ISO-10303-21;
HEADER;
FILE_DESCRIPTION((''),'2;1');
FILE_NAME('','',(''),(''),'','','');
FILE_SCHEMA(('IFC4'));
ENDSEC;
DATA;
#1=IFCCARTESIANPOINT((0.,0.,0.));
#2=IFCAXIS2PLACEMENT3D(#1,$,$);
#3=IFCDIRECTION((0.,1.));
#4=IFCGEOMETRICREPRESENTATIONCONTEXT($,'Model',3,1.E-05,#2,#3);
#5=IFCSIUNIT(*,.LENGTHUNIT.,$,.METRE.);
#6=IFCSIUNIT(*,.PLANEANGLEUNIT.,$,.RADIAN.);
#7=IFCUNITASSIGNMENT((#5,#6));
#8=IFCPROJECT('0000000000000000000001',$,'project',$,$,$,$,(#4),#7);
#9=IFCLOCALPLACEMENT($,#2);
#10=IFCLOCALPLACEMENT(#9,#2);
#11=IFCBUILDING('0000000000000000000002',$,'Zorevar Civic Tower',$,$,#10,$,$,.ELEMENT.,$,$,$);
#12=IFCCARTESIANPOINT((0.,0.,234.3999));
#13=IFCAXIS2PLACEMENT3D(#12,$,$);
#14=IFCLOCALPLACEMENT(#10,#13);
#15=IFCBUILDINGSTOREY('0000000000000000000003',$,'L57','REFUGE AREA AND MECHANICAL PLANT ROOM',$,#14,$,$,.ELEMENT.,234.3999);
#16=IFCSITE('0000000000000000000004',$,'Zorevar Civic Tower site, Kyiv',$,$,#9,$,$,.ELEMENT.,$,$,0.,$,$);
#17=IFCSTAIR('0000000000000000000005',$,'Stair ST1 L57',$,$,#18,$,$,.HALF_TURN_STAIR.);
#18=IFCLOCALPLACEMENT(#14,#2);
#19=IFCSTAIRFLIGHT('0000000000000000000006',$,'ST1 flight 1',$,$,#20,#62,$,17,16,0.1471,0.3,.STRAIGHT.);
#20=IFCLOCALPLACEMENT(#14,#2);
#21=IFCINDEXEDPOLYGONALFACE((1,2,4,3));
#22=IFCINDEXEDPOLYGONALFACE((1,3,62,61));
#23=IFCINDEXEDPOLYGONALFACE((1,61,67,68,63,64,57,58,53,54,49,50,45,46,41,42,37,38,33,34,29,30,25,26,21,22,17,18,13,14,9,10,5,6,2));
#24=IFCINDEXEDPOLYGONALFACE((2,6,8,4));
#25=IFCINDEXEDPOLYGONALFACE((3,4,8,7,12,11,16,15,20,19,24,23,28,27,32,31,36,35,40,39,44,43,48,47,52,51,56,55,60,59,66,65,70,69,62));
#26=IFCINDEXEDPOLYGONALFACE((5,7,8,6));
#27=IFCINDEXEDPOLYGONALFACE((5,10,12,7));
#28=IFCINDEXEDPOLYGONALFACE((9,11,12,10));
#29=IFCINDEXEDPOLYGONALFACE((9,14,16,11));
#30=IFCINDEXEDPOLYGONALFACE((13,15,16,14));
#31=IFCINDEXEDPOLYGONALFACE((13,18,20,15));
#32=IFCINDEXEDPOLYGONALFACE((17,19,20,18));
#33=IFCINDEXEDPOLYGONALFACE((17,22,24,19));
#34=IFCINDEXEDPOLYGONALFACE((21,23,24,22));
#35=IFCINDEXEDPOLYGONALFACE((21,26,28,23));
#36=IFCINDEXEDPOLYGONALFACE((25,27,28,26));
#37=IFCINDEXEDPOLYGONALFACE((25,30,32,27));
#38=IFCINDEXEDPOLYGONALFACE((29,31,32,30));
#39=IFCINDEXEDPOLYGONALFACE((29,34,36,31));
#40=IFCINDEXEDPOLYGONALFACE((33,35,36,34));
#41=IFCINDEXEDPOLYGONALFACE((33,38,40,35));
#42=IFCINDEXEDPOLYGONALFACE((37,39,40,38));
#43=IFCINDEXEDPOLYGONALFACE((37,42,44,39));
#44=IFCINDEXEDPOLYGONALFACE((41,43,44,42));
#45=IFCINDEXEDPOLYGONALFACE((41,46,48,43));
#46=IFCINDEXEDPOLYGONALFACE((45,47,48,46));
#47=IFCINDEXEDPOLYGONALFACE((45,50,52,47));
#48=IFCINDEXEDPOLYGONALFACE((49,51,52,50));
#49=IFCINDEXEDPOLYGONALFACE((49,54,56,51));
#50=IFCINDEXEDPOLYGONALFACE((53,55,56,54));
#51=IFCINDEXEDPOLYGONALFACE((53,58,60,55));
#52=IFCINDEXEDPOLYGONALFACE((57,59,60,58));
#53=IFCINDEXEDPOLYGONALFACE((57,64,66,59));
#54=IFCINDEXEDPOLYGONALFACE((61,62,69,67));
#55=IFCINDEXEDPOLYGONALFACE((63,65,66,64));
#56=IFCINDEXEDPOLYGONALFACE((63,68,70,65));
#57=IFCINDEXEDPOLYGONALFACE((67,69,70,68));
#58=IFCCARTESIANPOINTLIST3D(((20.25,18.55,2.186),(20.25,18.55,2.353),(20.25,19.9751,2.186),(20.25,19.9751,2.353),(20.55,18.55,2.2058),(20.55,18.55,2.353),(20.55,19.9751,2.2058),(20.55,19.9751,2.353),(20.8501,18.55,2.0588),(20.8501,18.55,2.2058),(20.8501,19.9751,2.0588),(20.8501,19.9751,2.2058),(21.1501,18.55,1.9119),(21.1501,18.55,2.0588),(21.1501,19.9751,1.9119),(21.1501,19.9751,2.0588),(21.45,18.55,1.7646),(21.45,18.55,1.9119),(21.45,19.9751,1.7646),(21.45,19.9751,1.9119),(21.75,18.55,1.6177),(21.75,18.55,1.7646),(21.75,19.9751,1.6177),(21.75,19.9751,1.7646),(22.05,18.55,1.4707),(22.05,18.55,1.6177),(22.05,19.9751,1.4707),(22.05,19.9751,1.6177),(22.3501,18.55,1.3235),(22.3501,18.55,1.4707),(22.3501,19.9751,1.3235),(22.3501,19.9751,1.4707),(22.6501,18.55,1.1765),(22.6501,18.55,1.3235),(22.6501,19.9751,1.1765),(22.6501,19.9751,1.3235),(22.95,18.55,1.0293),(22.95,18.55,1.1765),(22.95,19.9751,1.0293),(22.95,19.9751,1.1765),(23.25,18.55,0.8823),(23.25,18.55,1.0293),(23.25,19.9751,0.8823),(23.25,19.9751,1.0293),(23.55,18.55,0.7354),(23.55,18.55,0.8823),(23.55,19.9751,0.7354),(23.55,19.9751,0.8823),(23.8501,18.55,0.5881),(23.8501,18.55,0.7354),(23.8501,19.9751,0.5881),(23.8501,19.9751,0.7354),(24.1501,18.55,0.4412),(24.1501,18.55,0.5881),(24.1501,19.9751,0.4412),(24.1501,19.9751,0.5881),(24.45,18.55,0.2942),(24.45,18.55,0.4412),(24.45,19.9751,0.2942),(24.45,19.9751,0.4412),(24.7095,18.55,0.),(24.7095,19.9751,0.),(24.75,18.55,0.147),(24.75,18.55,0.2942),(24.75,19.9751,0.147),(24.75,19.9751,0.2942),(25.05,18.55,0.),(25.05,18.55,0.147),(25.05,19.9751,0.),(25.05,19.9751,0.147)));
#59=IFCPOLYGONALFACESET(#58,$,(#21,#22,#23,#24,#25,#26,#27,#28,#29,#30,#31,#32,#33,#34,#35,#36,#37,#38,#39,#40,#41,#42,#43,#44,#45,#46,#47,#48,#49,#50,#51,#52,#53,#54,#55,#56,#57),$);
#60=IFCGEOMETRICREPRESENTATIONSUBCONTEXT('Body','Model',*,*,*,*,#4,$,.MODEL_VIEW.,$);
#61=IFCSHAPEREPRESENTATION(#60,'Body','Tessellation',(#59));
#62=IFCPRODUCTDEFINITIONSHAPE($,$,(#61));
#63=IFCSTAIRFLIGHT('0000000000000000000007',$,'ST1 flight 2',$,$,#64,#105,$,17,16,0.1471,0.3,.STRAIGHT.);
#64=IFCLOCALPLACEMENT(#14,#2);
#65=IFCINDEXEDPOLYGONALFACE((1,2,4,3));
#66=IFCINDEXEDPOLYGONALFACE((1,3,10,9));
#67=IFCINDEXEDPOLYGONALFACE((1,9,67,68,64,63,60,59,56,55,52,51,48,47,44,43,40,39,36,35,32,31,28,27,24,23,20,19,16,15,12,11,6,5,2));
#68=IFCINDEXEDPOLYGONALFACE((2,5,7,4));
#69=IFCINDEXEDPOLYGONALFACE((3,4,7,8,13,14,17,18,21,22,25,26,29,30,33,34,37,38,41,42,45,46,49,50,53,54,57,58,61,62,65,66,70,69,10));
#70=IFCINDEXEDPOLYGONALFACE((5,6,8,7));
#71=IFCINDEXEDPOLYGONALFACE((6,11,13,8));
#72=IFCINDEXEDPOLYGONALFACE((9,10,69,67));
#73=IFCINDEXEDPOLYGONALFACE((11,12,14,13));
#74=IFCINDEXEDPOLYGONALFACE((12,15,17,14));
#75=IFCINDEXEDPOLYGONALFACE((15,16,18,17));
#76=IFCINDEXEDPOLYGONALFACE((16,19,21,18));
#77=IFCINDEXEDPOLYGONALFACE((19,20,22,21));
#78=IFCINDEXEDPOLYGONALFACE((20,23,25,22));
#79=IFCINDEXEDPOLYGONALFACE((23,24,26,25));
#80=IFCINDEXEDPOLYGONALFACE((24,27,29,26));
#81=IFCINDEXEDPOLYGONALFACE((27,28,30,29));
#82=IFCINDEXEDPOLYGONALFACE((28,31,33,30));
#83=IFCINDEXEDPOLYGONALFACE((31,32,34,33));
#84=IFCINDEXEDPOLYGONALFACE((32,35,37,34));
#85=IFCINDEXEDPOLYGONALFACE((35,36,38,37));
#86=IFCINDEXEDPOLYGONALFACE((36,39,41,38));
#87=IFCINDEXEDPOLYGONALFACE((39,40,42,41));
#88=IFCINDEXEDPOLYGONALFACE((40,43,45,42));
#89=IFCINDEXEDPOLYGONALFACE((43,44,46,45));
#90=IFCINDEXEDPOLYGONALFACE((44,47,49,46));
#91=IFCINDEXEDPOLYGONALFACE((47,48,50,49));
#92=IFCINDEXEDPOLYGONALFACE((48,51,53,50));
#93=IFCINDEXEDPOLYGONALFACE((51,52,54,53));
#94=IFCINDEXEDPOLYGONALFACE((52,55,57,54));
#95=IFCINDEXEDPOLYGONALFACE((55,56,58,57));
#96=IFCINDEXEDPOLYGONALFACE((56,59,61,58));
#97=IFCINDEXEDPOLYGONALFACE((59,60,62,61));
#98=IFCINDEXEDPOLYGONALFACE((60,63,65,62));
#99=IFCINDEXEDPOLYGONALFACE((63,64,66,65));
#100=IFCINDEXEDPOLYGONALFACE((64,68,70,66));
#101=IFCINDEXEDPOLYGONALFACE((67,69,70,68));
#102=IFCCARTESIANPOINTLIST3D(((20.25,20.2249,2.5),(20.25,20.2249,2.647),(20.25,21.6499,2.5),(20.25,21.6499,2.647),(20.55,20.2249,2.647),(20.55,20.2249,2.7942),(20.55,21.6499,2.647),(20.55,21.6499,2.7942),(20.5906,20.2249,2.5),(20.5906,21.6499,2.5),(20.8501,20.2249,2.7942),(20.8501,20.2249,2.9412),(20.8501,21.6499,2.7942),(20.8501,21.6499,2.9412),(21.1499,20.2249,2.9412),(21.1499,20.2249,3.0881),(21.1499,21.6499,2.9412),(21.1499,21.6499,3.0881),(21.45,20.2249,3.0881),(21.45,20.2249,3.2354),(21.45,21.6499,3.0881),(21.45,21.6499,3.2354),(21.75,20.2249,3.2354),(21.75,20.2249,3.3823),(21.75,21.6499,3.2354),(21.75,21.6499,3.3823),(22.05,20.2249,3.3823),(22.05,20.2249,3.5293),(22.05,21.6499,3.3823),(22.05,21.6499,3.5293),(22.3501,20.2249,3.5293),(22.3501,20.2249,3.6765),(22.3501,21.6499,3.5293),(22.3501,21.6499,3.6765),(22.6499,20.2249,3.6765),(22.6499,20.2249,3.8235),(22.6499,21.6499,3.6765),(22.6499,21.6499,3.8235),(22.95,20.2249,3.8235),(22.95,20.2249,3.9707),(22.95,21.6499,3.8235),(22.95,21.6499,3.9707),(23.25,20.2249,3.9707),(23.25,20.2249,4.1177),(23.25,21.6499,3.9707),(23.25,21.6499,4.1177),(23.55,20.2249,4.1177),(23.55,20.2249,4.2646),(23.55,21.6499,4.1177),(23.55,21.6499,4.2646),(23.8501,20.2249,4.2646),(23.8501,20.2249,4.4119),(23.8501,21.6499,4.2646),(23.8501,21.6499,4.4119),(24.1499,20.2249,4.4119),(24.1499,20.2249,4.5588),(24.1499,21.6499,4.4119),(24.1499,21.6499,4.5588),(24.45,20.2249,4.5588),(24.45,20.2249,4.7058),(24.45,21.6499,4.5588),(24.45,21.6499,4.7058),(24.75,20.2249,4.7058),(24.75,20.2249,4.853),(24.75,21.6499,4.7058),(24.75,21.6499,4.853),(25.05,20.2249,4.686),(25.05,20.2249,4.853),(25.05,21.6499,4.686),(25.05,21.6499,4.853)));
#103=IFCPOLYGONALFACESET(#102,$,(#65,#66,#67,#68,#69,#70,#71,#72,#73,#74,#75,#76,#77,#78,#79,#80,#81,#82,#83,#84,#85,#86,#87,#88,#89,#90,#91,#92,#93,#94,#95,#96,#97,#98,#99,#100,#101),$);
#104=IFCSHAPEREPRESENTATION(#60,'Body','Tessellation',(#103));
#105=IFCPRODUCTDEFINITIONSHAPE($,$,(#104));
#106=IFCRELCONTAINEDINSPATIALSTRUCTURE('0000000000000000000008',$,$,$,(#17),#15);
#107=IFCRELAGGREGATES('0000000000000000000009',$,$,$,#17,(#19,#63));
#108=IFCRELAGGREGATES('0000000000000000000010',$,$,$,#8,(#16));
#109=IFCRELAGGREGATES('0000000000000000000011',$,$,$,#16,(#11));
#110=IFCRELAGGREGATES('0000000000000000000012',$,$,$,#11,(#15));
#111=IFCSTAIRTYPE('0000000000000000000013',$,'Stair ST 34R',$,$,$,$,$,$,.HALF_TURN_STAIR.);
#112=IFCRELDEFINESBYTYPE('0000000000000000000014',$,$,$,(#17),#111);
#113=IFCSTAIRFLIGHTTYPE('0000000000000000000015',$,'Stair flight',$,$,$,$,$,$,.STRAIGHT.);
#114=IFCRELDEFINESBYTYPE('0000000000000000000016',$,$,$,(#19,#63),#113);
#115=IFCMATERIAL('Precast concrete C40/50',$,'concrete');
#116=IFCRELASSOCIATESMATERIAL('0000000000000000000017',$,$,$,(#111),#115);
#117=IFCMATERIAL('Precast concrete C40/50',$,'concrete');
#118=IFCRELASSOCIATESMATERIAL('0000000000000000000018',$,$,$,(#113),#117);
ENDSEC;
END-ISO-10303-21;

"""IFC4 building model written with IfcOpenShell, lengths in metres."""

from ifc_helpers import new_model, si_unit, direction, frame, origin, place, context, subcontext, project, spatial, polyline, outline, extrude, material, type_object, element, aggregate, save


model = new_model("IFC4")

# Units and contexts
model_context = context("Model", 3, precision=1e-05, world=origin(), true_north=direction((0.0, 1.0)))
body_context = subcontext(model_context, "Body", "Model", "MODEL_VIEW")
ifc_project = project(units=[si_unit("LENGTHUNIT", "METRE"), si_unit("PLANEANGLEUNIT", "RADIAN")], contexts=[model_context])

# Site, building, storey
site_placement = place(None, origin())
site = spatial("IfcSite", under=ifc_project, at=site_placement, Name="Zorevar Civic Tower site, Kyiv", CompositionType="ELEMENT", RefElevation=0.0)
building_placement = place(site_placement, origin())
building = spatial("IfcBuilding", under=site, at=building_placement, Name="Zorevar Civic Tower", CompositionType="ELEMENT")
storey_placement = place(building_placement, frame((0.0, 0.0, 234.3999)))
storey = spatial("IfcBuildingStorey", under=building, at=storey_placement, Name="L57", Description="REFUGE AREA AND MECHANICAL PLANT ROOM", CompositionType="ELEMENT", Elevation=234.3999)

# Stair, stair flights
ifc_material_1 = material(Name="Precast concrete C40/50", Category="concrete")
stair_type = type_object("IfcStairType", Name="Stair ST 34R", PredefinedType="HALF_TURN_STAIR", material=ifc_material_1)
stair_placement = place(storey_placement, origin())
stair = element("IfcStair", 1, at=stair_placement, inside=storey, type_object=stair_type, Name="Stair ST1 L57", PredefinedType="HALF_TURN_STAIR")
ifc_material_2 = material(Name="Precast concrete C40/50", Category="concrete")
stair_flight_type = type_object("IfcStairFlightType", Name="Stair flight", PredefinedType="STRAIGHT", material=ifc_material_2)
stair_flight_1_placement = place(storey_placement, frame((25.05, 19.2625, 0.0), z_axis=(0.0, 0.0, 1.0), x_axis=(-1.0, 0.0, 0.0)))
stair_flight_1 = element("IfcStairFlight", 2, at=stair_flight_1_placement, type_object=stair_flight_type, Name="ST1 flight 1", NumberOfRisers=17, NumberOfTreads=16, PredefinedType="STRAIGHT", RiserHeight=0.1471, TreadLength=0.3, context=body_context, shape_type="SweptSolid", body=[
    extrude(outline(polyline([(0.0, 0.0), (0.0, 0.147), (0.3, 0.147), (0.3, 0.2942), (0.6001, 0.2942), (0.6001, 0.4412), (0.8999, 0.4412), (0.8999, 0.5881), (1.2, 0.5881), (1.2, 0.7354), (1.5, 0.7354), (1.5, 0.8823), (1.8, 0.8823), (1.8, 1.0293), (2.1001, 1.0293), (2.1001, 1.1765), (2.3999, 1.1765), (2.3999, 1.3235), (2.7, 1.3235), (2.7, 1.4707), (3.0, 1.4707), (3.0, 1.6177), (3.3, 1.6177), (3.3, 1.7646), (3.6001, 1.7646), (3.6001, 1.9119), (3.8999, 1.9119), (3.8999, 2.0588), (4.2, 2.0588), (4.2, 2.2058), (4.5, 2.2058), (4.5, 2.353), (4.8, 2.353), (4.8, 2.5), (4.8, 2.186), (0.3406, 0.0), (0.0, 0.0)])), frame((0.0, 0.7124, 0.0), z_axis=(0.0, -1.0, 0.0), x_axis=(1.0, 0.0, 0.0)), (0.0, 0.0, 1.0), 1.425),
])
stair_flight_2_placement = place(storey_placement, frame((20.25, 20.9375, 2.5), z_axis=(0.0, 0.0, 1.0), x_axis=(1.0, 0.0, 0.0)))
stair_flight_2 = element("IfcStairFlight", 3, at=stair_flight_2_placement, type_object=stair_flight_type, Name="ST1 flight 2", NumberOfRisers=17, NumberOfTreads=16, PredefinedType="STRAIGHT", RiserHeight=0.1471, TreadLength=0.3, context=body_context, shape_type="SweptSolid", body=[
    extrude(outline(polyline([(0.0, 0.0), (0.0, 0.147), (0.3, 0.147), (0.3, 0.2942), (0.6001, 0.2942), (0.6001, 0.4412), (0.8999, 0.4412), (0.8999, 0.5881), (1.2, 0.5881), (1.2, 0.7354), (1.5, 0.7354), (1.5, 0.8823), (1.8, 0.8823), (1.8, 1.0293), (2.1001, 1.0293), (2.1001, 1.1765), (2.3999, 1.1765), (2.3999, 1.3235), (2.7, 1.3235), (2.7, 1.4707), (3.0, 1.4707), (3.0, 1.6177), (3.3, 1.6177), (3.3, 1.7646), (3.6001, 1.7646), (3.6001, 1.9119), (3.8999, 1.9119), (3.8999, 2.0588), (4.2, 2.0588), (4.2, 2.2058), (4.5, 2.2058), (4.5, 2.353), (4.8, 2.353), (4.8, 2.5), (4.8, 2.186), (0.3406, 0.0), (0.0, 0.0)])), frame((0.0, 0.7124, 0.0), z_axis=(0.0, -1.0, 0.0), x_axis=(1.0, 0.0, 0.0)), (0.0, 0.0, 1.0), 1.425),
])
aggregate(stair, [stair_flight_1, stair_flight_2])

save(model, "model.ifc")
